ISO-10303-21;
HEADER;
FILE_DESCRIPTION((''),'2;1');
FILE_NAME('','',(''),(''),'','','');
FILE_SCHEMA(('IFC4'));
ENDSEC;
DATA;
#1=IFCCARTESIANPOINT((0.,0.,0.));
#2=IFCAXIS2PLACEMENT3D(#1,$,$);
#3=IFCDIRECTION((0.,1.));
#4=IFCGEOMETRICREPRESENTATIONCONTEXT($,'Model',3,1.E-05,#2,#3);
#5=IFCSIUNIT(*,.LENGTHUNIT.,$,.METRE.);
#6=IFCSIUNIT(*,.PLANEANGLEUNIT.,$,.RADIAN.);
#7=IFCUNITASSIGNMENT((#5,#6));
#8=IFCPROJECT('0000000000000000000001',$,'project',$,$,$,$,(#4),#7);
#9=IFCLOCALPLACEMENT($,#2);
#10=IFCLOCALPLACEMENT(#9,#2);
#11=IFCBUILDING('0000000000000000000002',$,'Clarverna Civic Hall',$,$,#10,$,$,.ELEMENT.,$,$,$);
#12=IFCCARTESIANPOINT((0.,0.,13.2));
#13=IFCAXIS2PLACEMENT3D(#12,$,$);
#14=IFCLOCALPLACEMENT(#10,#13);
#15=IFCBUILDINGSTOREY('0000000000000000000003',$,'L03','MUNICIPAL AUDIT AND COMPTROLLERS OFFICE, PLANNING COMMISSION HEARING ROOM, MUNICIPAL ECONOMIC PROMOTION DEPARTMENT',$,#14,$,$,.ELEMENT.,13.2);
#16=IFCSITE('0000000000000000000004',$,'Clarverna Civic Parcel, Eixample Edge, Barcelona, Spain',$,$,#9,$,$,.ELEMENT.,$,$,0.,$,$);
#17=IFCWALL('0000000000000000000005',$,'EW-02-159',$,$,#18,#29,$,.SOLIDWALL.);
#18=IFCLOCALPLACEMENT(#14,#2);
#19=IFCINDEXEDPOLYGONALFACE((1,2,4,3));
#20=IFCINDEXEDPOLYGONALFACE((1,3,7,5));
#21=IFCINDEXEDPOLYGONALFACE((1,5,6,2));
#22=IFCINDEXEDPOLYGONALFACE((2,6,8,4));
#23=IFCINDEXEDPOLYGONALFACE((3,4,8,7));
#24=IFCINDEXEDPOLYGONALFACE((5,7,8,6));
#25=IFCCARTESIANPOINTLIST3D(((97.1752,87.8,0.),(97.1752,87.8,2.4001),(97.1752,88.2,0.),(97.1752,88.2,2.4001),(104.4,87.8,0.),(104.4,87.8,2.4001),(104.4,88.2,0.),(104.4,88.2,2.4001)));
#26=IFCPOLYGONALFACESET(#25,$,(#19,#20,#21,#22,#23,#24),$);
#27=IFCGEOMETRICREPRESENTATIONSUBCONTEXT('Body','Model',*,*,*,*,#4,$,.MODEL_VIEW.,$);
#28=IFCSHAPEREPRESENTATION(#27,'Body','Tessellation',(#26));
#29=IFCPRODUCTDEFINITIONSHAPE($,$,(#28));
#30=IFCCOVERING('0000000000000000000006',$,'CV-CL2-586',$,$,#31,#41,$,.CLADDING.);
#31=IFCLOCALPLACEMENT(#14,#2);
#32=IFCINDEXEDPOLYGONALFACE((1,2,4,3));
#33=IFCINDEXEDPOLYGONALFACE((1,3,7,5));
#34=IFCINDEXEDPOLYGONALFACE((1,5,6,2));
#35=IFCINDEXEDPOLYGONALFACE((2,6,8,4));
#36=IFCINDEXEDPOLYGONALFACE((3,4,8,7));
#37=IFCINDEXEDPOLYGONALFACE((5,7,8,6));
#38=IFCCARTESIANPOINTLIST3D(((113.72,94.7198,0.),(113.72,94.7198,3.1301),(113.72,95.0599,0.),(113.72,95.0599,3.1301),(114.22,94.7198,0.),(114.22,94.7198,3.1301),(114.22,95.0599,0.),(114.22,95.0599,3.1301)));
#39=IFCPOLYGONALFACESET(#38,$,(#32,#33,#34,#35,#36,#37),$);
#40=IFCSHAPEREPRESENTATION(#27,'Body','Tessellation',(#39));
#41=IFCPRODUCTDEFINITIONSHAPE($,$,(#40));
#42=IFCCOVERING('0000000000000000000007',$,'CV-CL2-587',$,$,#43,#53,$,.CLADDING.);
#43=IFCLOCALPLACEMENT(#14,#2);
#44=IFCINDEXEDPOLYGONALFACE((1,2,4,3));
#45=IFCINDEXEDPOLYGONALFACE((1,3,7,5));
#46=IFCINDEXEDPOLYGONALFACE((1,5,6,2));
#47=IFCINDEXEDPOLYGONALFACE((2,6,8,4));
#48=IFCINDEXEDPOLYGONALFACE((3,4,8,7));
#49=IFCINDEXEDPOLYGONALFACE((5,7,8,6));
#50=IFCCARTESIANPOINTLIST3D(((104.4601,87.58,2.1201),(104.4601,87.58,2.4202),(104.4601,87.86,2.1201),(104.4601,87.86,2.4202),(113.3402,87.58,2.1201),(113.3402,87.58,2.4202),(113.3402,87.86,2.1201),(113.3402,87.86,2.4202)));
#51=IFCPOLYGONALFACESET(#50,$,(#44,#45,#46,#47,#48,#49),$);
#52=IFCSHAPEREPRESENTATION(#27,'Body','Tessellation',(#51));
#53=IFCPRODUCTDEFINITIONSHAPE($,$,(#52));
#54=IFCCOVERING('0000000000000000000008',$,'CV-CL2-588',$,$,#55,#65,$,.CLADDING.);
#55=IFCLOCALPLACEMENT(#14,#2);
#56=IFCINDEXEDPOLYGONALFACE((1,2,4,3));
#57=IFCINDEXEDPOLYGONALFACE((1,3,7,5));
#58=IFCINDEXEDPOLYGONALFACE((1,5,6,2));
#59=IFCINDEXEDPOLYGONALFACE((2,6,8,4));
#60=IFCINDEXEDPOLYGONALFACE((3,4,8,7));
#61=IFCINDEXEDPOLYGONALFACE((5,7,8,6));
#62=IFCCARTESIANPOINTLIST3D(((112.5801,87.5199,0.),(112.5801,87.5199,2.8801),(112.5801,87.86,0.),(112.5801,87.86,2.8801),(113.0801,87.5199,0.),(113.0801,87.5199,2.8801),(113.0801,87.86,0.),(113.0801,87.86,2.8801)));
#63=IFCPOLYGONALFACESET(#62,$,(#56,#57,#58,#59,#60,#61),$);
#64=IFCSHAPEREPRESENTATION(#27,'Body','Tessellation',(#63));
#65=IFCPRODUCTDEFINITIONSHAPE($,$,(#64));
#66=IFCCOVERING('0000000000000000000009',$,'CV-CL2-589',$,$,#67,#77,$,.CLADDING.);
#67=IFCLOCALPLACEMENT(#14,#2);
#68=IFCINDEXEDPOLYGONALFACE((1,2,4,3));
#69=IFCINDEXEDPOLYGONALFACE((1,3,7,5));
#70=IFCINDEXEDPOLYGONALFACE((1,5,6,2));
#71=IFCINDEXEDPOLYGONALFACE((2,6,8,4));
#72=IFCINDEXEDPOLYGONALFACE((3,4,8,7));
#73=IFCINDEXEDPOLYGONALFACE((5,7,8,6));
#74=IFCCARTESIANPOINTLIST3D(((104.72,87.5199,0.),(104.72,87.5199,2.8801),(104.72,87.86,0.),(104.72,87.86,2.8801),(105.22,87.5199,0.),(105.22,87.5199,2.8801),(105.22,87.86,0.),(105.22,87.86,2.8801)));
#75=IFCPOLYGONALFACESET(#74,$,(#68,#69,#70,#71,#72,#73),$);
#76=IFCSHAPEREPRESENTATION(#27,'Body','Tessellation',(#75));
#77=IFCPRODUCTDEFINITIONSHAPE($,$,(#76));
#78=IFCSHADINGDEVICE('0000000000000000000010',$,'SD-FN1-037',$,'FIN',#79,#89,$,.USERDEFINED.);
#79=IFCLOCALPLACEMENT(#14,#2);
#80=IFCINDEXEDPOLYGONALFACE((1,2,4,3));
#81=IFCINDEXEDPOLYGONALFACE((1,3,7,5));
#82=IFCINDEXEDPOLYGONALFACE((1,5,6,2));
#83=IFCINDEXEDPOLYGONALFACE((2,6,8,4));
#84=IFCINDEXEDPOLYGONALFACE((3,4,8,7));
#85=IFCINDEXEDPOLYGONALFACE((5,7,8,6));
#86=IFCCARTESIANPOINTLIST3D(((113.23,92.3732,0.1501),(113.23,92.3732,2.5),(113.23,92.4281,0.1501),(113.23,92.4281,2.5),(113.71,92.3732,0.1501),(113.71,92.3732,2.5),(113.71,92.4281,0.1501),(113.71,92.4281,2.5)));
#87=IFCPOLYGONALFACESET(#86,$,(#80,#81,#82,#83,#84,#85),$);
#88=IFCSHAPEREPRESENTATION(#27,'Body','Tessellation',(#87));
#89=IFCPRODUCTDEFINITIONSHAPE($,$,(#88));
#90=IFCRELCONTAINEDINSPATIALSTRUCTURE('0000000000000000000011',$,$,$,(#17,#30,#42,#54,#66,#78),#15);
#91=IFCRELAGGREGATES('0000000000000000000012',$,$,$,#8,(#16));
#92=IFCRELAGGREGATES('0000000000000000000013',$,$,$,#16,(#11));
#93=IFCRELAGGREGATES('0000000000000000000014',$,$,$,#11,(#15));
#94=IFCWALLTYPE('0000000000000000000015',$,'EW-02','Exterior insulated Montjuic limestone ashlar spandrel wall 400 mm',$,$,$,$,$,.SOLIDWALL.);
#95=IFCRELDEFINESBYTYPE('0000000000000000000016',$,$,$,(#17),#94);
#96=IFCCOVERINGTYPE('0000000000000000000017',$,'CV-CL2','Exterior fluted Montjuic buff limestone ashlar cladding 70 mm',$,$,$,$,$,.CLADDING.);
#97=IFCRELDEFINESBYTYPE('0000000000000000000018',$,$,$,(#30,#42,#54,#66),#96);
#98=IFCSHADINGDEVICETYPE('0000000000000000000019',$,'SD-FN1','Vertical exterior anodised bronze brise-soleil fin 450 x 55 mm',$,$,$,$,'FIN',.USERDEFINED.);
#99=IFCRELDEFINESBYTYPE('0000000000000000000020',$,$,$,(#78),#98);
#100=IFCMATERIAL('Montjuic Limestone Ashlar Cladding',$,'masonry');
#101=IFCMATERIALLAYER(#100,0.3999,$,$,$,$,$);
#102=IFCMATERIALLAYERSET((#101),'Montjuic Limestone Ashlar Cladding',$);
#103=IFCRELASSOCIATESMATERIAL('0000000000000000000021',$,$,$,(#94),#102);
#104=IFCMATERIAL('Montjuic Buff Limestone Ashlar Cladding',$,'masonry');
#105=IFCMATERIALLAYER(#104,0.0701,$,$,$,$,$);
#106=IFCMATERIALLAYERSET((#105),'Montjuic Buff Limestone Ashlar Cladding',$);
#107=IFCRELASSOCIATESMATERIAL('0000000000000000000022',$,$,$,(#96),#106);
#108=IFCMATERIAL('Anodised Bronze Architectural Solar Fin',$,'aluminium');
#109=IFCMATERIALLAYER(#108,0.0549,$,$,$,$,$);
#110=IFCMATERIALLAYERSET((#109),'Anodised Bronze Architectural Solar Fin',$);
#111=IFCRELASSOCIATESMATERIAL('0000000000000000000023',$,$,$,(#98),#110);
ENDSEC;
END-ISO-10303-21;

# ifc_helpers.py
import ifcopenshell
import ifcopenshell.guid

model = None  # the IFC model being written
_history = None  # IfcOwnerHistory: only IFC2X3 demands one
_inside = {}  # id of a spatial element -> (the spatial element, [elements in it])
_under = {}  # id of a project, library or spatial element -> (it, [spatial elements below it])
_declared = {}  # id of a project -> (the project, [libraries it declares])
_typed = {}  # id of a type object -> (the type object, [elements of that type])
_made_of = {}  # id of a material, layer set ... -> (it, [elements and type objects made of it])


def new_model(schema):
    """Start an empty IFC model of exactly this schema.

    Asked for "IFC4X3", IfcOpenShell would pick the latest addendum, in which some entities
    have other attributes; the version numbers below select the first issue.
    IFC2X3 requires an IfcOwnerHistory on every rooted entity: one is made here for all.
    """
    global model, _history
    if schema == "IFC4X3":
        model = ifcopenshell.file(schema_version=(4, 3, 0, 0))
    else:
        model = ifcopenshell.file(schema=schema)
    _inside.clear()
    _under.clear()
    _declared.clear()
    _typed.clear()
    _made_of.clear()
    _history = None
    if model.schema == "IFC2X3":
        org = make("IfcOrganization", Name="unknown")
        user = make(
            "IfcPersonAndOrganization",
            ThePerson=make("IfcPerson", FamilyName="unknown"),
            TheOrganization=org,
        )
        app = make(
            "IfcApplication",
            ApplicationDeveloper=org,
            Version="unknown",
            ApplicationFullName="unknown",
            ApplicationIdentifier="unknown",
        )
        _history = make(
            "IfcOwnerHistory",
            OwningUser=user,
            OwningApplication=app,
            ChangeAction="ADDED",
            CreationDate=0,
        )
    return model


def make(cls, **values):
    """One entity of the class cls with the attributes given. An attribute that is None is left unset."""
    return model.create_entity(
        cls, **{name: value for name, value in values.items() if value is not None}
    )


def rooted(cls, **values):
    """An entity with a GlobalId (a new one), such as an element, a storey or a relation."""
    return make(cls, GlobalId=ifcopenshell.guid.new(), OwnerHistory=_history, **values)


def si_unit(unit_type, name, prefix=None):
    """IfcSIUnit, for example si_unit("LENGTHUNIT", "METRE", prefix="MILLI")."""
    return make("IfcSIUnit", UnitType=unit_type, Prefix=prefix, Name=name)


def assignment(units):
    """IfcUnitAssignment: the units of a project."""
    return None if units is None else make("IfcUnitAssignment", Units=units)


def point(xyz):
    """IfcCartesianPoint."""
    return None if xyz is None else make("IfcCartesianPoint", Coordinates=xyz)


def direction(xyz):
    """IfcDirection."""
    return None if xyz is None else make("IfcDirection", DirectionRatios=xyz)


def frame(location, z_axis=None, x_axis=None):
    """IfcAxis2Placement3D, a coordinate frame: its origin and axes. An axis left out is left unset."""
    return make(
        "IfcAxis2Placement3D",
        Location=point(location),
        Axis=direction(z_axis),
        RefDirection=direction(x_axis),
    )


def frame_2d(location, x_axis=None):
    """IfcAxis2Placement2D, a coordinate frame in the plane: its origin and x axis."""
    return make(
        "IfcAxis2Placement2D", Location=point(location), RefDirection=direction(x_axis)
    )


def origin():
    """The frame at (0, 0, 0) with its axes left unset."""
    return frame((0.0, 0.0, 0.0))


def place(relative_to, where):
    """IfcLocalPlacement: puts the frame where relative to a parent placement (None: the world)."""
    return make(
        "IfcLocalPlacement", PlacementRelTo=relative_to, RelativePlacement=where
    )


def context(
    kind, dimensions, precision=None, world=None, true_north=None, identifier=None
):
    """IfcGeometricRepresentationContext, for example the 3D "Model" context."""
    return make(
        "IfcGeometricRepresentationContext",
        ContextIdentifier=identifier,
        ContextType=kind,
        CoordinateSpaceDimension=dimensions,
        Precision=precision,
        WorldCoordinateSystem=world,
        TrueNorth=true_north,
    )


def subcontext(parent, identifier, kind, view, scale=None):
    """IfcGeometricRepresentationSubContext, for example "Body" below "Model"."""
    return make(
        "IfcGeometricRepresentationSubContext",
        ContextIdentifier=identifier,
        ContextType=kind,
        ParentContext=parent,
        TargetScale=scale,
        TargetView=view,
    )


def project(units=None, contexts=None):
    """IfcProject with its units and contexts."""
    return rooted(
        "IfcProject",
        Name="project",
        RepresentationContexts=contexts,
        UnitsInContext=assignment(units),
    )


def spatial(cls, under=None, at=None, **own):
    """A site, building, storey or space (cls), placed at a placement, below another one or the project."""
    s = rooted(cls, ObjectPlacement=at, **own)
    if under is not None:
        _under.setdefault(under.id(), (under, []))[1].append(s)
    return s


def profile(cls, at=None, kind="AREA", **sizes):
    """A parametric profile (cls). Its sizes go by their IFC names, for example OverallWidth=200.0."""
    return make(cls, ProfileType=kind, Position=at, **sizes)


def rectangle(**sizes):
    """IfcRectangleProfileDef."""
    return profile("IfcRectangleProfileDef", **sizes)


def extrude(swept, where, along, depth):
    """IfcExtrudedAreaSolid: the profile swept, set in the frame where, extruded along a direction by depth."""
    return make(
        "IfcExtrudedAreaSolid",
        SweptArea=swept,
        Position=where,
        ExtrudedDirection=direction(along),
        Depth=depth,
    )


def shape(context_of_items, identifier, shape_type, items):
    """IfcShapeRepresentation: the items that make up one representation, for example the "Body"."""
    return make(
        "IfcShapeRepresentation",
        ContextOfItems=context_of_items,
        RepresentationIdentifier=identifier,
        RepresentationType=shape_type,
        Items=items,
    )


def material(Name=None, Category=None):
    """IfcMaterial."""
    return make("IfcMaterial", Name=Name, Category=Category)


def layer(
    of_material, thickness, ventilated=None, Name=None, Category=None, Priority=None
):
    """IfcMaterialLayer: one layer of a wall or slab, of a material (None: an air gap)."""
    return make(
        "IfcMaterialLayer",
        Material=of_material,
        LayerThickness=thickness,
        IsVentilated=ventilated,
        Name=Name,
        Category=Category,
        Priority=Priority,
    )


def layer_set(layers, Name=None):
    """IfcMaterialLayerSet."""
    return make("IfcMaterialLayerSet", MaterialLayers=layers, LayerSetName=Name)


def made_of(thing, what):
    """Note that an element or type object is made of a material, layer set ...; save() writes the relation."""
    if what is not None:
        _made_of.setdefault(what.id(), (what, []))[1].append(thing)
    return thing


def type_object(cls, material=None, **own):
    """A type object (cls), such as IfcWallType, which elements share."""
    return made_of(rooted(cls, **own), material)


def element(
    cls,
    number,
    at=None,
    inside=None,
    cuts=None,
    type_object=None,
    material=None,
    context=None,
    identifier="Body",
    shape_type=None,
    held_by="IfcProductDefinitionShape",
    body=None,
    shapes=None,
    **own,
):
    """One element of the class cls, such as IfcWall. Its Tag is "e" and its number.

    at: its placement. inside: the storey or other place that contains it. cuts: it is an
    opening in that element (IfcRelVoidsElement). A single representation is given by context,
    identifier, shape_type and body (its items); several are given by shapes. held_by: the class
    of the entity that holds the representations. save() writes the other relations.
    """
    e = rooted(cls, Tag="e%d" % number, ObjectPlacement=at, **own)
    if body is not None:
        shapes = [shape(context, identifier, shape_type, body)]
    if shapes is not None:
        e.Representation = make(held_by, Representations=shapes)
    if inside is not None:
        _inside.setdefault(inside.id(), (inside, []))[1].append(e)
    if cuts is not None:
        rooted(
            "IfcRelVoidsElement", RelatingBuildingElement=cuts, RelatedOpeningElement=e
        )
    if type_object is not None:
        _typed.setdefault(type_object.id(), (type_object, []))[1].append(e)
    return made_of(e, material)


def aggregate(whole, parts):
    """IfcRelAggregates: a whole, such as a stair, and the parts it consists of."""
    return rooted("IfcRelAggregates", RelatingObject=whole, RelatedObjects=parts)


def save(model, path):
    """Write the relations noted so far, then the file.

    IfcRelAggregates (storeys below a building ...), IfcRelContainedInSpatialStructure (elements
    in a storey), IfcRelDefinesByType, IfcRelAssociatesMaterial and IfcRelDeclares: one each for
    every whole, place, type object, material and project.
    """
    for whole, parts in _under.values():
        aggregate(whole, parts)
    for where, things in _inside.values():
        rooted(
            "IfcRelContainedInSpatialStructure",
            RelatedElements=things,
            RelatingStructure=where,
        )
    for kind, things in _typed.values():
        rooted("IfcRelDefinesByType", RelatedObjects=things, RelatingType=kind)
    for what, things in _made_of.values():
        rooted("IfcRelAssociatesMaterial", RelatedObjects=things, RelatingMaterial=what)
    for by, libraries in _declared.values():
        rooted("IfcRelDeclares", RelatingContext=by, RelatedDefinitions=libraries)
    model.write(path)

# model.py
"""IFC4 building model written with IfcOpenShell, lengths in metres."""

from ifc_helpers import new_model, si_unit, direction, frame, frame_2d, origin, place, context, subcontext, project, spatial, rectangle, extrude, material, layer, layer_set, type_object, element, save


model = new_model("IFC4")

# Units and contexts
model_context = context("Model", 3, precision=1e-05, world=origin(), true_north=direction((0.0, 1.0)))
body_context = subcontext(model_context, "Body", "Model", "MODEL_VIEW")
ifc_project = project(units=[si_unit("LENGTHUNIT", "METRE"), si_unit("PLANEANGLEUNIT", "RADIAN")], contexts=[model_context])

# Site, building, storey
site_placement = place(None, origin())
site = spatial("IfcSite", under=ifc_project, at=site_placement, Name="Clarverna Civic Parcel, Eixample Edge, Barcelona, Spain", CompositionType="ELEMENT", RefElevation=0.0)
building_placement = place(site_placement, origin())
building = spatial("IfcBuilding", under=site, at=building_placement, Name="Clarverna Civic Hall", CompositionType="ELEMENT")
storey_placement = place(building_placement, frame((0.0, 0.0, 13.2)))
storey = spatial("IfcBuildingStorey", under=building, at=storey_placement, Name="L03", Description="MUNICIPAL AUDIT AND COMPTROLLERS OFFICE, PLANNING COMMISSION HEARING ROOM, MUNICIPAL ECONOMIC PROMOTION DEPARTMENT", CompositionType="ELEMENT", Elevation=13.2)

# Wall
ifc_material_1 = material(Name="Montjuic Limestone Ashlar Cladding", Category="masonry")
ifc_layer_1 = layer(ifc_material_1, 0.3999)
ifc_layer_set_1 = layer_set([ifc_layer_1], Name="Montjuic Limestone Ashlar Cladding")
wall_type = type_object("IfcWallType", Name="EW-02", Description="Exterior insulated Montjuic limestone ashlar spandrel wall 400 mm", PredefinedType="SOLIDWALL", material=ifc_layer_set_1)
wall_1_placement = place(storey_placement, frame((104.3999, 88.0, 0.0), z_axis=(0.0, 0.0, 1.0), x_axis=(-1.0, 0.0, 0.0)))
element("IfcWall", 1, at=wall_1_placement, inside=storey, type_object=wall_type, Name="EW-02-159", PredefinedType="SOLIDWALL", context=body_context, shape_type="SweptSolid", body=[
    extrude(rectangle(XDim=7.2249, YDim=0.3999, at=frame_2d((3.6123, 0.0))), origin(), (0.0, 0.0, 1.0), 2.4001),
])

# Coverings
ifc_material_2 = material(Name="Montjuic Buff Limestone Ashlar Cladding", Category="masonry")
ifc_layer_2 = layer(ifc_material_2, 0.0701)
ifc_layer_set_2 = layer_set([ifc_layer_2], Name="Montjuic Buff Limestone Ashlar Cladding")
covering_type = type_object("IfcCoveringType", Name="CV-CL2", Description="Exterior fluted Montjuic buff limestone ashlar cladding 70 mm", PredefinedType="CLADDING", material=ifc_layer_set_2)
covering_1_placement = place(storey_placement, frame((114.22, 94.8899, 0.0), z_axis=(0.0, 0.0, 1.0), x_axis=(-1.0, 0.0, 0.0)))
element("IfcCovering", 2, at=covering_1_placement, inside=storey, type_object=covering_type, Name="CV-CL2-586", PredefinedType="CLADDING", context=body_context, shape_type="SweptSolid", body=[
    extrude(rectangle(XDim=0.5, YDim=0.3401, at=frame_2d((0.25, 0.0))), origin(), (0.0, 0.0, 1.0), 3.1301),
])
covering_2_placement = place(storey_placement, frame((113.3401, 87.72, 2.1201), z_axis=(0.0, 0.0, 1.0), x_axis=(-1.0, 0.0, 0.0)))
element("IfcCovering", 3, at=covering_2_placement, inside=storey, type_object=covering_type, Name="CV-CL2-587", PredefinedType="CLADDING", context=body_context, shape_type="SweptSolid", body=[
    extrude(rectangle(XDim=8.8801, YDim=0.28, at=frame_2d((4.4399, 0.0))), origin(), (0.0, 0.0, 1.0), 0.3),
])
for number, where, z_axis, x_axis, name in (
    (4, (113.0801, 87.6899, 0.0), (0.0, 0.0, 1.0), (-1.0, 0.0, 0.0), "CV-CL2-588"),
    (5, (105.22, 87.6899, 0.0), (0.0, 0.0, 1.0), (-1.0, 0.0, 0.0), "CV-CL2-589"),
):
    element("IfcCovering", number, at=place(storey_placement, frame(where, z_axis=z_axis, x_axis=x_axis)), inside=storey, type_object=covering_type, Name=name, PredefinedType="CLADDING", context=body_context, shape_type="SweptSolid", body=[
        extrude(rectangle(XDim=0.5, YDim=0.3401, at=frame_2d((0.25, 0.0))), origin(), (0.0, 0.0, 1.0), 2.8801),
    ])

# Shading device
ifc_material_3 = material(Name="Anodised Bronze Architectural Solar Fin", Category="aluminium")
ifc_layer_3 = layer(ifc_material_3, 0.0549)
ifc_layer_set_3 = layer_set([ifc_layer_3], Name="Anodised Bronze Architectural Solar Fin")
shading_device_type = type_object("IfcShadingDeviceType", Name="SD-FN1", Description="Vertical exterior anodised bronze brise-soleil fin 450 x 55 mm", ElementType="FIN", PredefinedType="USERDEFINED", material=ifc_layer_set_3)
shading_device_placement = place(storey_placement, frame((113.23, 92.4006, 0.1501), z_axis=(0.0, 0.0, 1.0), x_axis=(1.0, 0.0, 0.0)))
element("IfcShadingDevice", 6, at=shading_device_placement, inside=storey, type_object=shading_device_type, Name="SD-FN1-037", ObjectType="FIN", PredefinedType="USERDEFINED", context=body_context, shape_type="SweptSolid", body=[
    extrude(rectangle(XDim=0.48, YDim=0.0549, at=frame_2d((0.24, 0.0))), origin(), (0.0, 0.0, 1.0), 2.3499),
])

save(model, "model.ifc")
